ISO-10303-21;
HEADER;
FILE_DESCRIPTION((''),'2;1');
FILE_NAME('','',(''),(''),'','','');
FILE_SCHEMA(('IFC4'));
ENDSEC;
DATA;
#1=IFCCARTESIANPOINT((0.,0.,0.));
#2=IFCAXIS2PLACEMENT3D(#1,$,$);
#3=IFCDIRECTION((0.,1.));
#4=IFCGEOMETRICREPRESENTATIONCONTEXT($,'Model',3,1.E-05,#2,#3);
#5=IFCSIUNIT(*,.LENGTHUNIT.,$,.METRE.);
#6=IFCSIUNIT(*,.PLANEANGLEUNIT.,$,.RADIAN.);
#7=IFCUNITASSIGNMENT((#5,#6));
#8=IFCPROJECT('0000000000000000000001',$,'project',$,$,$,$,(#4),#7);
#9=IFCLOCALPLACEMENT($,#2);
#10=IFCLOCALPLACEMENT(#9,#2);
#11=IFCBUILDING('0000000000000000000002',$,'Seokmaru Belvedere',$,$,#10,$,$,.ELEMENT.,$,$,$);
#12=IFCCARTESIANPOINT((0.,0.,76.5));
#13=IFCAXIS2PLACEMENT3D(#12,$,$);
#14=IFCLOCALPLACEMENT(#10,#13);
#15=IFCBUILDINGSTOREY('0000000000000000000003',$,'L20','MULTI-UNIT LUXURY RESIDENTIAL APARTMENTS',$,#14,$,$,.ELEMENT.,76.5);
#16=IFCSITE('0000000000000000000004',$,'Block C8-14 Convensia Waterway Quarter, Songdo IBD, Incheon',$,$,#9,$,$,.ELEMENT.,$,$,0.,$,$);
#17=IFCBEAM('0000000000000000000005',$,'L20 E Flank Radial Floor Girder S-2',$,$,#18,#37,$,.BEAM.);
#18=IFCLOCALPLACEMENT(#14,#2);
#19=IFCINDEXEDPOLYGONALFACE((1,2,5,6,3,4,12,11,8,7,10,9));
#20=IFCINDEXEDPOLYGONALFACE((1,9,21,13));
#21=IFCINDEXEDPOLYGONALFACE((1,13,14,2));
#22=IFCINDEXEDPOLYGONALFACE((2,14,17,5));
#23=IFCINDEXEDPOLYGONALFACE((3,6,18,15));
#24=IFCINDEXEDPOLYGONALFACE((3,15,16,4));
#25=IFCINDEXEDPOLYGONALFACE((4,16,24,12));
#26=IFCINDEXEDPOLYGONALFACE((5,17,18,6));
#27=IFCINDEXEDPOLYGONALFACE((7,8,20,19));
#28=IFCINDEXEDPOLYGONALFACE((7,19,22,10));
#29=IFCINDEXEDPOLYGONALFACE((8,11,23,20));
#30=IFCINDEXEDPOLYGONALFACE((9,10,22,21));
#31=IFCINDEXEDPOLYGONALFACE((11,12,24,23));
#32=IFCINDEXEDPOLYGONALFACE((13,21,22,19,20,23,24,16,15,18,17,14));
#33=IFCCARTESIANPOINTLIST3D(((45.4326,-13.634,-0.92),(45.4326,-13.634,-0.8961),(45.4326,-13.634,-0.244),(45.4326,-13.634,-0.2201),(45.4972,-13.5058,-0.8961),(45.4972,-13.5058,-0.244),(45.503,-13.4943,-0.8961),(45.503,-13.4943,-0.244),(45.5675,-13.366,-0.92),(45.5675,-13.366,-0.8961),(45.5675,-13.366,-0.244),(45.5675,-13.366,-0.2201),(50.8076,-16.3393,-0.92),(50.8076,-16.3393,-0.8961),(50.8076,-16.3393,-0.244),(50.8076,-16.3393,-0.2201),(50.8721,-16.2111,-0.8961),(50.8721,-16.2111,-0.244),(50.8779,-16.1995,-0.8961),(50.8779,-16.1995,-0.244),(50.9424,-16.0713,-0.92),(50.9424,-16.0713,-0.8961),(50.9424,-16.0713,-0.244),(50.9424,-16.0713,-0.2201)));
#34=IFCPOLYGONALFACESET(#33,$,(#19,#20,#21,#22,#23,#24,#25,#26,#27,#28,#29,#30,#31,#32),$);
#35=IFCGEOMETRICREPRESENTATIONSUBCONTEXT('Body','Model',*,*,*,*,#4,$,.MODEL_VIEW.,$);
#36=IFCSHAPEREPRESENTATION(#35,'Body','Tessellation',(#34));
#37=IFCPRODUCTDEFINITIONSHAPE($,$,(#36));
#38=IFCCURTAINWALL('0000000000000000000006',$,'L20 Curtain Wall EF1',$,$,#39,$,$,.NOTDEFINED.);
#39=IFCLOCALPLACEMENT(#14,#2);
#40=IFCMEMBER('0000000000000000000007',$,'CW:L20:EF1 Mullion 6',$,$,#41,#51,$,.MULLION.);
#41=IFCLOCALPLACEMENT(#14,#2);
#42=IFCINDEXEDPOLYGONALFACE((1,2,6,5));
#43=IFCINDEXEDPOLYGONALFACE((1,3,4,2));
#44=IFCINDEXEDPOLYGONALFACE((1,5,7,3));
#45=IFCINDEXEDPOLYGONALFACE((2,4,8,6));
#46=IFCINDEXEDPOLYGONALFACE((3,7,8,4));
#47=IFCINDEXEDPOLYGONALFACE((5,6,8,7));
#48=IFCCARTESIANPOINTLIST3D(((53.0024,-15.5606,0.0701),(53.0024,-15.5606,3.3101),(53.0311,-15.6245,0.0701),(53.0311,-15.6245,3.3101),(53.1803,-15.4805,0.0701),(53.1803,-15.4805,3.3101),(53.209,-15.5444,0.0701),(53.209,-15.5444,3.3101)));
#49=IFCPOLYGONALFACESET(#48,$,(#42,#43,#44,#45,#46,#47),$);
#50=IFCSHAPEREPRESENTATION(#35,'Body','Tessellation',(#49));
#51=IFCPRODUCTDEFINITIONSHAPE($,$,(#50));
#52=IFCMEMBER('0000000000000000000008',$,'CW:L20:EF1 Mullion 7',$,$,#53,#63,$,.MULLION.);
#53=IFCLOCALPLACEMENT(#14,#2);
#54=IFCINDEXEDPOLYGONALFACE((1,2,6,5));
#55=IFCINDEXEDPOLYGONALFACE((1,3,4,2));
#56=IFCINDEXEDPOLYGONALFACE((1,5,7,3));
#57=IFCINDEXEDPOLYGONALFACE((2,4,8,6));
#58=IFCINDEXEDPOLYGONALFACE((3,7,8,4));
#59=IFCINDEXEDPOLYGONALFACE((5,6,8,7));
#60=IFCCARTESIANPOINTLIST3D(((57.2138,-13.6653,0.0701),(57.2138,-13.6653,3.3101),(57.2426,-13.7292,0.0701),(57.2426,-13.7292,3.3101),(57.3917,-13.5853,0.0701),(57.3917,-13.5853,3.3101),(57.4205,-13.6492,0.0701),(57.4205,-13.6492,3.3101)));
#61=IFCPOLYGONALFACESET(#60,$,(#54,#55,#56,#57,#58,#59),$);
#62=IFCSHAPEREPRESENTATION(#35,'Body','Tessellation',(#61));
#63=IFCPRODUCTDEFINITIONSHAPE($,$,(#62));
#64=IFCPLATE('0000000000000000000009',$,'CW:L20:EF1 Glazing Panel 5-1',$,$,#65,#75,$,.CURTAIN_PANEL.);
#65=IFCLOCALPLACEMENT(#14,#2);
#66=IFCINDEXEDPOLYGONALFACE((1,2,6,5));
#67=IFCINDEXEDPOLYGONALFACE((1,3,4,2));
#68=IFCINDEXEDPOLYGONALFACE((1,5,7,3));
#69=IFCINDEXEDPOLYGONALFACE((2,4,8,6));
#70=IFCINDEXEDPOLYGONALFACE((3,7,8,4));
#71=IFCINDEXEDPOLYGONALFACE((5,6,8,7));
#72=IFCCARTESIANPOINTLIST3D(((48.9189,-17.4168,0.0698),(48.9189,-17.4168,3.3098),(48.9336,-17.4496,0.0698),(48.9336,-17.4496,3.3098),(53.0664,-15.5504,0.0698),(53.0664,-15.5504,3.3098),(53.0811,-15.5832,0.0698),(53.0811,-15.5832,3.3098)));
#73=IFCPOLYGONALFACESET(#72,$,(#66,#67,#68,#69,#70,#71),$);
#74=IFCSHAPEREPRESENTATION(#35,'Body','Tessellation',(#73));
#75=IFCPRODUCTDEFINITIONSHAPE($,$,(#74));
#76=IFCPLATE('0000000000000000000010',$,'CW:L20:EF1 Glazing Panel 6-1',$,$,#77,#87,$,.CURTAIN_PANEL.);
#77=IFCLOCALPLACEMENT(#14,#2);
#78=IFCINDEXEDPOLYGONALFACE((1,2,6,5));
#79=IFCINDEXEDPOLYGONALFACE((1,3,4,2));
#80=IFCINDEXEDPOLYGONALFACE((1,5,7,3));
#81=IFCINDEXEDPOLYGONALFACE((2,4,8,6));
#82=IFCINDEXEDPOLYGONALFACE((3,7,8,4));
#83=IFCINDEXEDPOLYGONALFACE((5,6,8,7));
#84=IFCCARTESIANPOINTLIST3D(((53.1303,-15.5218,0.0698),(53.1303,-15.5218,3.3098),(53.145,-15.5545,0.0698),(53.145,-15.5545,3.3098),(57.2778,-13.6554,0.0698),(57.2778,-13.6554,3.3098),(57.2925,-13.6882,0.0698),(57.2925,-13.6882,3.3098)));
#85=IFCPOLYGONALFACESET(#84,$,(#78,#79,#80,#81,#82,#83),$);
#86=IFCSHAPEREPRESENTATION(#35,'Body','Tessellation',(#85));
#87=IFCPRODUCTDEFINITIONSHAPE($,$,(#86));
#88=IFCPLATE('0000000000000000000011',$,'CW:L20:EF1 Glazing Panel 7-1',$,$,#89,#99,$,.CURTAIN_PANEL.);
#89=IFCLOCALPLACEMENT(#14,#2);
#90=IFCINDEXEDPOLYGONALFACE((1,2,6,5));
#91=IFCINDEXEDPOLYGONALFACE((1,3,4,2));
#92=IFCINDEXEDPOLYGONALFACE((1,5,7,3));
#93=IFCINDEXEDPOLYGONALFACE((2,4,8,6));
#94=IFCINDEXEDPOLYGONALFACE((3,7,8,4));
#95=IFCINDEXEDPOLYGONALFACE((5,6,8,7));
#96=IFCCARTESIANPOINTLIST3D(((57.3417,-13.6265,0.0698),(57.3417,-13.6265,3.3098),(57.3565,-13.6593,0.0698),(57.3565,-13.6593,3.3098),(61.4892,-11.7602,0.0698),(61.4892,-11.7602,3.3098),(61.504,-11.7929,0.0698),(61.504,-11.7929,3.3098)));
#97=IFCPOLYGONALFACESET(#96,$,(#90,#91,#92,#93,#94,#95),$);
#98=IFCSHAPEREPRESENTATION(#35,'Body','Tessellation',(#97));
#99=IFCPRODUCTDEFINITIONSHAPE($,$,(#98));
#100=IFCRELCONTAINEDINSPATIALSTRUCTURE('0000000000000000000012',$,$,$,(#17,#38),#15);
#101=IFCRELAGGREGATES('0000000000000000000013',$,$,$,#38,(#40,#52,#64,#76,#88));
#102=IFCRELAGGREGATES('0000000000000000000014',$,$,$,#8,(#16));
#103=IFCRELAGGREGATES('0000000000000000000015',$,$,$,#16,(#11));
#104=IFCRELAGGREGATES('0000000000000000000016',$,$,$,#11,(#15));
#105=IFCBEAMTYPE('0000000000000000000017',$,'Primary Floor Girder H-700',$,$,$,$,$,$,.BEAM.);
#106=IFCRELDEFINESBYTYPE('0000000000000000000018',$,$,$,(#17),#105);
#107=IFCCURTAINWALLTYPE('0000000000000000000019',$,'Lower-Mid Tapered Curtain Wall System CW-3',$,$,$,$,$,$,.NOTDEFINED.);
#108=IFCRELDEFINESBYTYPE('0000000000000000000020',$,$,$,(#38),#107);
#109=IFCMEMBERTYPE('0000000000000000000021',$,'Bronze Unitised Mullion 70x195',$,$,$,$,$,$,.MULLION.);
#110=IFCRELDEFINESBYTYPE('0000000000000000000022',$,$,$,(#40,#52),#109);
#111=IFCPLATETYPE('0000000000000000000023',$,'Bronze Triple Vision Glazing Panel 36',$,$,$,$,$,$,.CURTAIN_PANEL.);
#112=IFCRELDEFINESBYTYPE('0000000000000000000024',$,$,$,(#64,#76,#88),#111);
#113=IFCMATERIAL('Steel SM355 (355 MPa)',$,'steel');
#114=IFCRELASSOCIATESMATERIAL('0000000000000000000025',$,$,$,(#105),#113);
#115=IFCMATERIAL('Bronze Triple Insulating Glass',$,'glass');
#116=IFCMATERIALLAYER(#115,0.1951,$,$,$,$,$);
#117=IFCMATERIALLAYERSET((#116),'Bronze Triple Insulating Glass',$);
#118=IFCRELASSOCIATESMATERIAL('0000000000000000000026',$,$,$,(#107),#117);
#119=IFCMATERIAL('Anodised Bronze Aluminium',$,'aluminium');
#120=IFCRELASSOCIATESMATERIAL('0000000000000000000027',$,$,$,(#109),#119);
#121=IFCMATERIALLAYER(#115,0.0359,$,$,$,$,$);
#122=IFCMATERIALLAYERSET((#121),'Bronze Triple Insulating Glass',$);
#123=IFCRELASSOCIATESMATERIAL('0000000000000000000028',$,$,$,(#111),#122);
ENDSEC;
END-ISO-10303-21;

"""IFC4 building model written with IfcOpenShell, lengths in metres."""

from ifc_helpers import new_model, si_unit, direction, frame, origin, origin_2d, place, context, subcontext, project, spatial, rectangle, i_section, extrude, source, transform, mapped, material, layer, layer_set, material_profile, profile_set, type_object, type_shapes, element, aggregate, save


model = new_model("IFC4")

# Units and contexts
model_context = context("Model", 3, precision=1e-05, world=origin(), true_north=direction((0.0, 1.0)))
body_context = subcontext(model_context, "Body", "Model", "MODEL_VIEW")
ifc_project = project(units=[si_unit("LENGTHUNIT", "METRE"), si_unit("PLANEANGLEUNIT", "RADIAN")], contexts=[model_context])

# Site, building, storey
site_placement = place(None, origin())
site = spatial("IfcSite", under=ifc_project, at=site_placement, Name="Block C8-14 Convensia Waterway Quarter, Songdo IBD, Incheon", CompositionType="ELEMENT", RefElevation=0.0)
building_placement = place(site_placement, origin())
building = spatial("IfcBuilding", under=site, at=building_placement, Name="Seokmaru Belvedere", CompositionType="ELEMENT")
storey_placement = place(building_placement, frame((0.0, 0.0, 76.5)))
storey = spatial("IfcBuildingStorey", under=building, at=storey_placement, Name="L20", Description="MULTI-UNIT LUXURY RESIDENTIAL APARTMENTS", CompositionType="ELEMENT", Elevation=76.5)

# Shared definitions
ifc_material_1 = material(Name="Steel SM355 (355 MPa)", Category="steel")

# Beam
ifc_material_profile_1 = material_profile(ifc_material_1, i_section(OverallWidth=0.3, OverallDepth=0.7, WebThickness=0.0129, FlangeThickness=0.0239, at=origin_2d()), Name="H-700x300x13x24")
ifc_profile_set_1 = profile_set([ifc_material_profile_1], Name="Steel SM355 (355 MPa)")
beam_type_1 = type_object("IfcBeamType", Name="Primary Floor Girder H-700", PredefinedType="BEAM", material=ifc_profile_set_1)
shared_shape_1 = source(origin(), body_context, "Body", "SweptSolid", [
    extrude(i_section(OverallWidth=0.3, OverallDepth=0.7, WebThickness=0.0129, FlangeThickness=0.0239, at=origin_2d()), origin(), (0.0, 0.0, 1.0), 6.0173),
])
beam_1_placement = place(storey_placement, frame((50.875, -16.2053, -0.5701), z_axis=(-0.893239, 0.449581, 0.0), x_axis=(-0.449581, -0.893239, 0.0)))
element("IfcBeam", 1, at=beam_1_placement, inside=storey, type_object=beam_type_1, Name="L20 E Flank Radial Floor Girder S-2", PredefinedType="BEAM", context=body_context, shape_type="MappedRepresentation", body=[
    mapped(shared_shape_1, transform((0.0, 0.0, 0.0), scale=1.0)),
])

# Curtain wall, members, plates
ifc_material_2 = material(Name="Bronze Triple Insulating Glass", Category="glass")
ifc_layer_1 = layer(ifc_material_2, 0.1951)
ifc_layer_set_1 = layer_set([ifc_layer_1], Name="Bronze Triple Insulating Glass")
curtain_wall_type = type_object("IfcCurtainWallType", Name="Lower-Mid Tapered Curtain Wall System CW-3", PredefinedType="NOTDEFINED", material=ifc_layer_set_1)
curtain_wall_placement = place(storey_placement, origin())
curtain_wall = element("IfcCurtainWall", 2, at=curtain_wall_placement, inside=storey, type_object=curtain_wall_type, Name="L20 Curtain Wall EF1", PredefinedType="NOTDEFINED")
ifc_material_3 = material(Name="Anodised Bronze Aluminium", Category="aluminium")
ifc_material_profile_2 = material_profile(ifc_material_3, rectangle(XDim=0.0701, YDim=0.1951, at=origin_2d()), Name="CW-M-70x195")
ifc_profile_set_2 = profile_set([ifc_material_profile_2], Name="Anodised Bronze Aluminium")
member_type = type_object("IfcMemberType", Name="Bronze Unitised Mullion 70x195", PredefinedType="MULLION", material=ifc_profile_set_2)
shared_shape_2 = source(origin(), body_context, "Body", "SweptSolid", [
    extrude(rectangle(XDim=0.0701, YDim=0.1951, at=origin_2d()), origin(), (0.0, 0.0, 1.0), 3.24),
])
type_shapes(member_type, [shared_shape_2])
member_1_placement = place(storey_placement, frame((53.1057, -15.5525, 0.0701), z_axis=(0.0, 0.0, 1.0), x_axis=(-0.410366, 0.911921, 0.0)))
member_1 = element("IfcMember", 3, at=member_1_placement, type_object=member_type, Name="CW:L20:EF1 Mullion 6", PredefinedType="MULLION", context=body_context, shape_type="MappedRepresentation", body=[
    mapped(shared_shape_2, transform((0.0, 0.0, 0.0), scale=1.0)),
])
member_2_placement = place(storey_placement, frame((57.3171, -13.6572, 0.0701), z_axis=(0.0, 0.0, 1.0), x_axis=(-0.410366, 0.911921, 0.0)))
member_2 = element("IfcMember", 4, at=member_2_placement, type_object=member_type, Name="CW:L20:EF1 Mullion 7", PredefinedType="MULLION", context=body_context, shape_type="MappedRepresentation", body=[
    mapped(shared_shape_2, transform((0.0, 0.0, 0.0), scale=1.0)),
])
ifc_layer_2 = layer(ifc_material_2, 0.0359)
ifc_layer_set_2 = layer_set([ifc_layer_2], Name="Bronze Triple Insulating Glass")
plate_type = type_object("IfcPlateType", Name="Bronze Triple Vision Glazing Panel 36", PredefinedType="CURTAIN_PANEL", material=ifc_layer_set_2)
shared_shape_3 = source(origin(), body_context, "Body", "SweptSolid", [
    extrude(rectangle(XDim=4.5481, YDim=0.0359, at=origin_2d()), origin(), (0.0, 0.0, 1.0), 3.24),
])
type_shapes(plate_type, [shared_shape_3])
plate_1_placement = place(storey_placement, frame((51.0, -16.5, 0.0698), z_axis=(0.0, 0.0, 1.0), x_axis=(0.911921, 0.410366, 0.0)))
plate_1 = element("IfcPlate", 5, at=plate_1_placement, type_object=plate_type, Name="CW:L20:EF1 Glazing Panel 5-1", PredefinedType="CURTAIN_PANEL", context=body_context, shape_type="MappedRepresentation", body=[
    mapped(shared_shape_3, transform((0.0, 0.0, 0.0), scale=1.0)),
])
plate_2_placement = place(storey_placement, frame((55.2114, -14.605, 0.0698), z_axis=(0.0, 0.0, 1.0), x_axis=(0.911921, 0.410366, 0.0)))
plate_2 = element("IfcPlate", 6, at=plate_2_placement, type_object=plate_type, Name="CW:L20:EF1 Glazing Panel 6-1", PredefinedType="CURTAIN_PANEL", context=body_context, shape_type="MappedRepresentation", body=[
    mapped(shared_shape_3, transform((0.0, 0.0, 0.0), scale=1.0)),
])
plate_3_placement = place(storey_placement, frame((59.4229, -12.7097, 0.0698), z_axis=(0.0, 0.0, 1.0), x_axis=(0.911921, 0.410366, 0.0)))
plate_3 = element("IfcPlate", 7, at=plate_3_placement, type_object=plate_type, Name="CW:L20:EF1 Glazing Panel 7-1", PredefinedType="CURTAIN_PANEL", context=body_context, shape_type="MappedRepresentation", body=[
    mapped(shared_shape_3, transform((0.0, 0.0, 0.0), scale=1.0)),
])
aggregate(curtain_wall, [member_1, member_2, plate_1, plate_2, plate_3])

save(model, "model.ifc")
